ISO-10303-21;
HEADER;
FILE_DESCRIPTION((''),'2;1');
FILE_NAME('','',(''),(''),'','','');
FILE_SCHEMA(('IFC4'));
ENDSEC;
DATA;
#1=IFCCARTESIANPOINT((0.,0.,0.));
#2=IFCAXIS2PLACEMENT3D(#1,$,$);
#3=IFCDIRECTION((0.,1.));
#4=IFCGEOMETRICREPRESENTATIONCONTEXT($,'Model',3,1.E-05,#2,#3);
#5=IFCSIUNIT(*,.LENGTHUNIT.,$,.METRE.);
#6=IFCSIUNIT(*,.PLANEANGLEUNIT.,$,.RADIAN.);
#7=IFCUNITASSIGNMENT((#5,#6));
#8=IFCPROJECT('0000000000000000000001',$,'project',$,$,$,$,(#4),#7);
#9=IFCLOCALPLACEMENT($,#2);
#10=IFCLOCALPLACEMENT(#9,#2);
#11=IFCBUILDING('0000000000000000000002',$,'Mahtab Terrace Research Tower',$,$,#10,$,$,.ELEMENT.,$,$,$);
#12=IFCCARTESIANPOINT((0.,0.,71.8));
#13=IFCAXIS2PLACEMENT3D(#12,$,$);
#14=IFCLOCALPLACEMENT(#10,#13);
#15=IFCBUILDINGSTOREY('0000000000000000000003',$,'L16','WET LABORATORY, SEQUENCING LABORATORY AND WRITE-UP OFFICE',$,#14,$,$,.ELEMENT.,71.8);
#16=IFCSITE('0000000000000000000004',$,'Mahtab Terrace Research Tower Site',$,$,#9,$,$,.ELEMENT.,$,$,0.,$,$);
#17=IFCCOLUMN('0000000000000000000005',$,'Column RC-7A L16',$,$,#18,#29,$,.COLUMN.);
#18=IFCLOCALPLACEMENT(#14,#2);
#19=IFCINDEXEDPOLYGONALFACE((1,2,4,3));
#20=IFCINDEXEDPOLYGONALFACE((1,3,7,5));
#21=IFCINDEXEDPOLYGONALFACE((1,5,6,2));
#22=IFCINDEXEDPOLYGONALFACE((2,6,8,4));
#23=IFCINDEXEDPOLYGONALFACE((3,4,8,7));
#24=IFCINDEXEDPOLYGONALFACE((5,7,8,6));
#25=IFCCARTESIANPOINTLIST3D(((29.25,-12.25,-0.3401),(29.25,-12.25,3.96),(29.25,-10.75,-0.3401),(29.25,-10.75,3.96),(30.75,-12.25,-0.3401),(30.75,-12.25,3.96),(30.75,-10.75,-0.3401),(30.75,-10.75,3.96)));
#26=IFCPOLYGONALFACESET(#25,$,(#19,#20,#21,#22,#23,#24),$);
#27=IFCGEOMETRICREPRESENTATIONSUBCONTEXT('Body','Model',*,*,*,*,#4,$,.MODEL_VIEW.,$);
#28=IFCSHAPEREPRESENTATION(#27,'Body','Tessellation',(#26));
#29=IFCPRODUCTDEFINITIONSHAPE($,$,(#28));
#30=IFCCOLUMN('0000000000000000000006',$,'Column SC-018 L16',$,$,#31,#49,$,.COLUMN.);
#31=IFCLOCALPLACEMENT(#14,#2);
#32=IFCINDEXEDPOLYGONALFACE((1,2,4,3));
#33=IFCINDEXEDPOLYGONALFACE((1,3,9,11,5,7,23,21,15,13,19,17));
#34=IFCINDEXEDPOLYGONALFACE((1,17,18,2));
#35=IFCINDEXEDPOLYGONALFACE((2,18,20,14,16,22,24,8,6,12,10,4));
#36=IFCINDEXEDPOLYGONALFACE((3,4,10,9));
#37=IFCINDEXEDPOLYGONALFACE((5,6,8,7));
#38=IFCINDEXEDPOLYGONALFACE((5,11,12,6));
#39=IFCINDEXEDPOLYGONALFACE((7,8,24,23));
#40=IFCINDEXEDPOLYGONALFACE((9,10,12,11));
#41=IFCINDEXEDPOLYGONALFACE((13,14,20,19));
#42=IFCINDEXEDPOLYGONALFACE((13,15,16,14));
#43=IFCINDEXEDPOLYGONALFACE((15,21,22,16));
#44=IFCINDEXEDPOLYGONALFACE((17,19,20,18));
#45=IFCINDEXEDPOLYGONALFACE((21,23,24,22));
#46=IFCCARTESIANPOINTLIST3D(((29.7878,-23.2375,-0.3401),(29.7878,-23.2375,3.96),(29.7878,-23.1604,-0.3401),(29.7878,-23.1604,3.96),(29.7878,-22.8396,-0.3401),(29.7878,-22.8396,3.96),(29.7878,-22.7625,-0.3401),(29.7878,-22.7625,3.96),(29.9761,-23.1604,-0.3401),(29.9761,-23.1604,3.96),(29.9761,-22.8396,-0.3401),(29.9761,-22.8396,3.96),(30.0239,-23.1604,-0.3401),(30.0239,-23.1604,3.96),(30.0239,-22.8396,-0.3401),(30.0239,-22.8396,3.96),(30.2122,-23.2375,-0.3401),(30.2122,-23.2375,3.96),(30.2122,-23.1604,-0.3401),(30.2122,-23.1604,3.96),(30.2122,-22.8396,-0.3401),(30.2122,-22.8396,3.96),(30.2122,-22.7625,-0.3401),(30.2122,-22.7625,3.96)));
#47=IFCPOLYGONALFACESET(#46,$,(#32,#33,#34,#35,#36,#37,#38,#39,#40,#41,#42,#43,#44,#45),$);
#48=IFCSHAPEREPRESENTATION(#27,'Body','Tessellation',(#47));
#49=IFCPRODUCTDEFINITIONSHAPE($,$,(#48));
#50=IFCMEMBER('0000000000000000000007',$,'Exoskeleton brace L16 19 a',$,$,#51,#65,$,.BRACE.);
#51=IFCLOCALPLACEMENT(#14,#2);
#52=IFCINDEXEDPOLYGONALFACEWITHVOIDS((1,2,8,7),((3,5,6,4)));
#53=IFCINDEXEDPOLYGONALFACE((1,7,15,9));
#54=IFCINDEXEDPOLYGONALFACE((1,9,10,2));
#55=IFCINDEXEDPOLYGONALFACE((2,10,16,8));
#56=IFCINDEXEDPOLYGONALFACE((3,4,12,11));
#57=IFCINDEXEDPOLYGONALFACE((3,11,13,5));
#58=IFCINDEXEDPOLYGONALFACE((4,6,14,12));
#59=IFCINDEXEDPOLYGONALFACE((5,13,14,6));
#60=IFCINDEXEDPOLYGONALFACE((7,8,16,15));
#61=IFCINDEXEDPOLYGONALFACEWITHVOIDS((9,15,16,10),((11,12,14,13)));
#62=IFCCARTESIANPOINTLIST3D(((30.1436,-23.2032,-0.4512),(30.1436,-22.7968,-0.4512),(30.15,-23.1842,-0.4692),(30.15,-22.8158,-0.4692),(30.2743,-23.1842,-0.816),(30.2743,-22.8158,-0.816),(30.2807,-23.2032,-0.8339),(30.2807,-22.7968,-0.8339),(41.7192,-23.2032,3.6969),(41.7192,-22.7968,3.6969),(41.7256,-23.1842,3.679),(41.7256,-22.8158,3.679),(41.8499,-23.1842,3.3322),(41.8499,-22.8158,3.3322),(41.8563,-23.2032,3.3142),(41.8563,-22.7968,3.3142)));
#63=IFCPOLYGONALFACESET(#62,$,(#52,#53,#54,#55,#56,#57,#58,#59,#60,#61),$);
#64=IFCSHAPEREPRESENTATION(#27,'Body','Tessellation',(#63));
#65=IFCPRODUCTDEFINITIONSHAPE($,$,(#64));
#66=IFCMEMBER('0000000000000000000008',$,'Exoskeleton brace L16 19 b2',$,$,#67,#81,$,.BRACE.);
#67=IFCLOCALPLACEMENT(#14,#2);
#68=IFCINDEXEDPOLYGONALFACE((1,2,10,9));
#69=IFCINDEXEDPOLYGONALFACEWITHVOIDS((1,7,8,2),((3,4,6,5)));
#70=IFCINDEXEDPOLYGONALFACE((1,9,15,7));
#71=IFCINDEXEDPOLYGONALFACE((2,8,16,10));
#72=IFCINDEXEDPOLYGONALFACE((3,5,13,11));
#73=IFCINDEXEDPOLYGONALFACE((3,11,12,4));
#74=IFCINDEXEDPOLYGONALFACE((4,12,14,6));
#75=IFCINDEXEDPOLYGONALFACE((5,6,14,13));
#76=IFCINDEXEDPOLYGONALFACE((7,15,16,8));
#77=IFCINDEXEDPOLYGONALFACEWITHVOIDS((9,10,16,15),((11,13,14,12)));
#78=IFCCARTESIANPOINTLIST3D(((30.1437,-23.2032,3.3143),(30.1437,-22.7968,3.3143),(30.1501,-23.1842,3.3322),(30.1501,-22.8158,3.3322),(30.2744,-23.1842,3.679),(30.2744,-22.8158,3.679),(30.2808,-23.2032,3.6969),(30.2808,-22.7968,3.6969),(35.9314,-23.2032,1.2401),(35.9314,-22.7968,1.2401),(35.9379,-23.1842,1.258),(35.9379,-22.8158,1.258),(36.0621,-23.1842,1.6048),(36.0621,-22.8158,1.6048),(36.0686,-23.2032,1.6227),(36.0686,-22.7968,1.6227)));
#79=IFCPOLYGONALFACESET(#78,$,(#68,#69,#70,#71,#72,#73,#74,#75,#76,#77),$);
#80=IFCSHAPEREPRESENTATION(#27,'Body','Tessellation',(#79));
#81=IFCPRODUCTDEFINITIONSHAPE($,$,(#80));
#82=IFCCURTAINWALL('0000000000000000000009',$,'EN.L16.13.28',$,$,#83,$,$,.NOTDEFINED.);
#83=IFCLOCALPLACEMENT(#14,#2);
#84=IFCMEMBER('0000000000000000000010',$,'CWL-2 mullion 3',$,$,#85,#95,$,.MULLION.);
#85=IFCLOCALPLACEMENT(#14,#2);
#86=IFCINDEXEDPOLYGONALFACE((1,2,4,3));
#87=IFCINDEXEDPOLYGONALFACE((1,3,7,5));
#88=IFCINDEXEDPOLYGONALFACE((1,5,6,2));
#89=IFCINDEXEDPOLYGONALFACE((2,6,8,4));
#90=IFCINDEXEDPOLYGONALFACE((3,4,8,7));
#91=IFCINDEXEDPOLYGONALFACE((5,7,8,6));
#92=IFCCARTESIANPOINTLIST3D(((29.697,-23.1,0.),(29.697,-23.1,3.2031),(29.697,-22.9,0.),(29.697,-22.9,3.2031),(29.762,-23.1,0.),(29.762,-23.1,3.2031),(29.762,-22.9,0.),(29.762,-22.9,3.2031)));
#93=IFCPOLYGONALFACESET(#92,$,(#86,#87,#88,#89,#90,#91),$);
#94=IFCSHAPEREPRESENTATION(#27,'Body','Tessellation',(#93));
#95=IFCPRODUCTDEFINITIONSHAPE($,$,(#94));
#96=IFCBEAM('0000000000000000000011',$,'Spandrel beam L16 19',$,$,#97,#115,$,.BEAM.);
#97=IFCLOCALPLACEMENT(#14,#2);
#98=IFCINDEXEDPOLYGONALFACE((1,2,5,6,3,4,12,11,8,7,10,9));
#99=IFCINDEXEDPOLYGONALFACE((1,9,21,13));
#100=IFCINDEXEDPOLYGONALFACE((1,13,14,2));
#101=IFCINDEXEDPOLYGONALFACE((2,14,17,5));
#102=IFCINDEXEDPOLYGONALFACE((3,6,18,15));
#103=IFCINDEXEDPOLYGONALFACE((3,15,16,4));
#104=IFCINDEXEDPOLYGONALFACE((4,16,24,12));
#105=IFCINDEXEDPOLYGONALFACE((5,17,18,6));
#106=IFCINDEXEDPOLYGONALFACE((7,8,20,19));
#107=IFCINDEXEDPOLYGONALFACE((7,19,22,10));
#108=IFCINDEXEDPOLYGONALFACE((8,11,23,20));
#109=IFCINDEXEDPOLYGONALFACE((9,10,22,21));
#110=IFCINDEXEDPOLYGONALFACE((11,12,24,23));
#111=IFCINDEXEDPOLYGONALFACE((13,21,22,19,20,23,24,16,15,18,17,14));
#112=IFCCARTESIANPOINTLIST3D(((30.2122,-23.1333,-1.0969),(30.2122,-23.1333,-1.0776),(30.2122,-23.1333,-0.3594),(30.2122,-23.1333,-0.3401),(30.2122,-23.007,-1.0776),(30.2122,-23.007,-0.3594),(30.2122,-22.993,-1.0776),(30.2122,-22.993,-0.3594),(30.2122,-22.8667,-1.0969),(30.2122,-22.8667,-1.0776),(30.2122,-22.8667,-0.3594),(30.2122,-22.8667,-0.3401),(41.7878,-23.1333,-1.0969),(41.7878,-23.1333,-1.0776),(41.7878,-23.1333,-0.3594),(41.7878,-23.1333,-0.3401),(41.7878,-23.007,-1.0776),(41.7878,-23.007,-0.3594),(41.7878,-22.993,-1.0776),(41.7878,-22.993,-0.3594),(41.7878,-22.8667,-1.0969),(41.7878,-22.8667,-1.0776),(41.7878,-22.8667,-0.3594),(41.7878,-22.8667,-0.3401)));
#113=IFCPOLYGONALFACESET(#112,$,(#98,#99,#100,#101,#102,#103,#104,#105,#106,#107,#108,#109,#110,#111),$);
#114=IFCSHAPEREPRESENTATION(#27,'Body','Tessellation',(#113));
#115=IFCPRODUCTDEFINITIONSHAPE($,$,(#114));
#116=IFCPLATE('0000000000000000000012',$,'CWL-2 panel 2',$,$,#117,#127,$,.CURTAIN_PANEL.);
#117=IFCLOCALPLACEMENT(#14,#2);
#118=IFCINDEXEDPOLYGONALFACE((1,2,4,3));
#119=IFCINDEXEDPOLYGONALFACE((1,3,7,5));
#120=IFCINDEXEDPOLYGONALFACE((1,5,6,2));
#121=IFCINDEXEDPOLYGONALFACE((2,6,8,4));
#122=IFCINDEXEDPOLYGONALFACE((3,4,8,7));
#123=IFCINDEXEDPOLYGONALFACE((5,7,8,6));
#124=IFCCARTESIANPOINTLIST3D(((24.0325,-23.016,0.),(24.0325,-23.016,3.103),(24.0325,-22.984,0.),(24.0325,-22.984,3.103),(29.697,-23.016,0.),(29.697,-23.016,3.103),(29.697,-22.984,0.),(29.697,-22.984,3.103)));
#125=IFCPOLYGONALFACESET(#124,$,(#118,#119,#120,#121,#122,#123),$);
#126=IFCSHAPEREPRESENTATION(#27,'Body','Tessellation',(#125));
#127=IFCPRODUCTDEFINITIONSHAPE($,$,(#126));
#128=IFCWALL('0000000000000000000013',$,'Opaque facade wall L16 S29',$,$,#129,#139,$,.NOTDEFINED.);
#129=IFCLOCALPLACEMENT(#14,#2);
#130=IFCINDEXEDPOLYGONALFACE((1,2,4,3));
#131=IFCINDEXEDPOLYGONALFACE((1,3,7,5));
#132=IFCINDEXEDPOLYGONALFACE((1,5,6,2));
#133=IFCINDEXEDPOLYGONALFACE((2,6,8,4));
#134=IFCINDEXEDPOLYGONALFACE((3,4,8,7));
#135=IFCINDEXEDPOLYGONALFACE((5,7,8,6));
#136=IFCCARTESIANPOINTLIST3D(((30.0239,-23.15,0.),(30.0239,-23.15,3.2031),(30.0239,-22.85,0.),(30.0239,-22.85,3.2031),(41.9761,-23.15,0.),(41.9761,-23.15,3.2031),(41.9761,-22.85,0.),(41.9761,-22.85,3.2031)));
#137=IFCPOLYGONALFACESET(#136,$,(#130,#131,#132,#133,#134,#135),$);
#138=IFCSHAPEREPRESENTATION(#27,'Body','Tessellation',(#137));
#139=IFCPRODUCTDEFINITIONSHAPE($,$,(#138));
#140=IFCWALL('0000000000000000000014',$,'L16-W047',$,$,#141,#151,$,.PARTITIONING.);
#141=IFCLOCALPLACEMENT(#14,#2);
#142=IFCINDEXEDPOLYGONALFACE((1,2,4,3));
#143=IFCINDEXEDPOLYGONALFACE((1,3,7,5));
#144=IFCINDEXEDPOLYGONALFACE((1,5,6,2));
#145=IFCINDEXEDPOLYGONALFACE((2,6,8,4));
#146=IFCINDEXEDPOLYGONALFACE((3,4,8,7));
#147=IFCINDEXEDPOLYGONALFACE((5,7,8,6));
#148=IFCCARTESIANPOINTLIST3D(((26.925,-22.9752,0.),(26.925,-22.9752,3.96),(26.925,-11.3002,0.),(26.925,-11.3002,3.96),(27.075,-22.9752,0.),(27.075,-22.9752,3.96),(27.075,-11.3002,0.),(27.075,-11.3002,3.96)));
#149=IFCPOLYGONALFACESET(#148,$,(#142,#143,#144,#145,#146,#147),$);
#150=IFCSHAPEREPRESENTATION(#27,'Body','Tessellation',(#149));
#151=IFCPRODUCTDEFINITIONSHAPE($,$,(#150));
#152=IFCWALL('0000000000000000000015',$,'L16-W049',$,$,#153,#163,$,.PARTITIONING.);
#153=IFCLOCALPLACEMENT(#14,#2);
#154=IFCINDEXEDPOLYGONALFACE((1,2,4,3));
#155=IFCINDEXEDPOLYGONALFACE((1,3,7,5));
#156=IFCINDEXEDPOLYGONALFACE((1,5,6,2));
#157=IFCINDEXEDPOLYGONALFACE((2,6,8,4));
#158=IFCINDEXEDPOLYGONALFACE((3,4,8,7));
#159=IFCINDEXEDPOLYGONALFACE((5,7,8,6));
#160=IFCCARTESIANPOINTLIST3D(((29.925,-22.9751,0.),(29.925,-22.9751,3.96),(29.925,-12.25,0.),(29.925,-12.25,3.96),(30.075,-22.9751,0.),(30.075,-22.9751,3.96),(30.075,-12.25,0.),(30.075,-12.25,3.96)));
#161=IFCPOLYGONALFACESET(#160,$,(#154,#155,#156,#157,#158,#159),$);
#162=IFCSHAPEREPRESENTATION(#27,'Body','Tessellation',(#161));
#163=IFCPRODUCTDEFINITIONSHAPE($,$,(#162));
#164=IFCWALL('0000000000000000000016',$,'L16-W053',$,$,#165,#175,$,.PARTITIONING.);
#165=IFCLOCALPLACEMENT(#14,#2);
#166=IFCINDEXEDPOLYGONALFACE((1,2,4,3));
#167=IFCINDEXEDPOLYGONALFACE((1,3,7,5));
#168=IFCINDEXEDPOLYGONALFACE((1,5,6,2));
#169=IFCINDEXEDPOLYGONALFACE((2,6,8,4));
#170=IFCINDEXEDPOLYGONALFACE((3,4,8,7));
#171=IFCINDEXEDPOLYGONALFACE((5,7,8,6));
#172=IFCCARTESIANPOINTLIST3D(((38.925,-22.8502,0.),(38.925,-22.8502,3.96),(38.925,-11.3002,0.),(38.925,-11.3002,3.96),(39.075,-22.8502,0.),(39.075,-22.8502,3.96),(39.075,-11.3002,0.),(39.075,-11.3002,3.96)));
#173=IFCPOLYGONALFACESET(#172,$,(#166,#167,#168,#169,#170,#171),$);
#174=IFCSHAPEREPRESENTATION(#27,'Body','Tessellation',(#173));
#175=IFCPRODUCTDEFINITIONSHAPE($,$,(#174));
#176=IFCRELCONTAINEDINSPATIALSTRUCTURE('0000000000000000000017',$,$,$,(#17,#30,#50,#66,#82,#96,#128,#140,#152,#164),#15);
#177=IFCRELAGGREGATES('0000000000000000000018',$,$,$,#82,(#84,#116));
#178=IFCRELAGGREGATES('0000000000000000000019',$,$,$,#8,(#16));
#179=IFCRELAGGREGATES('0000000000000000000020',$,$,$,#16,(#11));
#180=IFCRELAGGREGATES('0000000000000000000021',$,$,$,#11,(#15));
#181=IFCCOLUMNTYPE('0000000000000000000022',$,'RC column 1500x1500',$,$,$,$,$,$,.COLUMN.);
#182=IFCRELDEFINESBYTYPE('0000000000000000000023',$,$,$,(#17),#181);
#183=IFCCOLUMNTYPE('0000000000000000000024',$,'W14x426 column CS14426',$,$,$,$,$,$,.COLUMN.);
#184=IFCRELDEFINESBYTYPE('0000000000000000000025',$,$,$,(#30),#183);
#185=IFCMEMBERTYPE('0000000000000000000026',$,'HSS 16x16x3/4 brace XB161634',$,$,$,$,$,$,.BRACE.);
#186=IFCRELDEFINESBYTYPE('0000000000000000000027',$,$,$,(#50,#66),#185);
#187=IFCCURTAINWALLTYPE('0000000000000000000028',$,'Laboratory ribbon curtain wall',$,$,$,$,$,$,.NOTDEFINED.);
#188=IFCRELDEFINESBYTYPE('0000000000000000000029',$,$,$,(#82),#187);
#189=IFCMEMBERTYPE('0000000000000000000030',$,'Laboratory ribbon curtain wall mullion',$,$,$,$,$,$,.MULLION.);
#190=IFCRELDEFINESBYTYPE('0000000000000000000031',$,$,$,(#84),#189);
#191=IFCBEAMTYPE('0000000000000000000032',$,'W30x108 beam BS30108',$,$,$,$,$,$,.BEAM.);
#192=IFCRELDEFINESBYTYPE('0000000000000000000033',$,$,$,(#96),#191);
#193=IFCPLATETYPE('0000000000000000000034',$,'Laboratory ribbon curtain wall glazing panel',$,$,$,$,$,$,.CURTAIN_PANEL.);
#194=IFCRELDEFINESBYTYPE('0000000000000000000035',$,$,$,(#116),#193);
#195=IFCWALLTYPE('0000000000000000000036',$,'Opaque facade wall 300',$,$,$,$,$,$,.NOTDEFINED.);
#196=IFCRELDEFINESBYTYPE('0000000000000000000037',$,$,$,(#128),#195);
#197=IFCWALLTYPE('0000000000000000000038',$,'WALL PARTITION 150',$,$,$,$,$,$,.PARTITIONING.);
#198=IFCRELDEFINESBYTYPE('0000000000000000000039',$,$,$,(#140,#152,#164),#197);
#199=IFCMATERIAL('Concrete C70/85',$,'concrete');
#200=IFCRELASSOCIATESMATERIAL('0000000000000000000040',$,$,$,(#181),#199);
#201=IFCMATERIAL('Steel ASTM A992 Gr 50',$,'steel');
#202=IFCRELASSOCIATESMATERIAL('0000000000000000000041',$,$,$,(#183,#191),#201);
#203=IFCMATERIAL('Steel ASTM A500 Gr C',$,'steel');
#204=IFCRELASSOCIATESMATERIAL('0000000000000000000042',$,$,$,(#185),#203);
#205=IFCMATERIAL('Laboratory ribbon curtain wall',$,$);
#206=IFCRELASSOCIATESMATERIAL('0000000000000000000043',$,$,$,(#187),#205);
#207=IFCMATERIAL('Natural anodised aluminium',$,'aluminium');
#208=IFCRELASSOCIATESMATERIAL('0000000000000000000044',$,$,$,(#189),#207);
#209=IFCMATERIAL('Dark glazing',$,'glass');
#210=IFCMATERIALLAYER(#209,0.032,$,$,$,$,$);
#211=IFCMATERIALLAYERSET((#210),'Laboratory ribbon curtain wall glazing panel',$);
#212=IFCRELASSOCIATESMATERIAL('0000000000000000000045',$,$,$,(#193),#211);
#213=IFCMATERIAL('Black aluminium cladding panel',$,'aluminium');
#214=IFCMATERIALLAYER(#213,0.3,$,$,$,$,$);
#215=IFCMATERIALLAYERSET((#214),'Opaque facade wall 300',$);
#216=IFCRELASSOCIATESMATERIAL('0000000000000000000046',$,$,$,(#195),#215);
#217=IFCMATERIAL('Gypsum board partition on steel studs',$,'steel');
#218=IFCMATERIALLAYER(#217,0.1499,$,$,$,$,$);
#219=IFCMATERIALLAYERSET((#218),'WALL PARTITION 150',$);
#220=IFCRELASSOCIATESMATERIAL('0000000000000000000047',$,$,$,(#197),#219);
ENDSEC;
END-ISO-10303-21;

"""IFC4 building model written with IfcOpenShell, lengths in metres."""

from ifc_helpers import new_model, si_unit, direction, frame, frame_2d, origin, origin_2d, place, context, subcontext, project, spatial, rectangle, hollow_rectangle, i_section, extrude, material, layer, layer_set, material_profile, profile_set, type_object, element, aggregate, save


model = new_model("IFC4")

# Units and contexts
model_context = context("Model", 3, precision=1e-05, world=origin(), true_north=direction((0.0, 1.0)))
body_context = subcontext(model_context, "Body", "Model", "MODEL_VIEW")
ifc_project = project(units=[si_unit("LENGTHUNIT", "METRE"), si_unit("PLANEANGLEUNIT", "RADIAN")], contexts=[model_context])

# Site, building, storey
site_placement = place(None, origin())
site = spatial("IfcSite", under=ifc_project, at=site_placement, Name="Mahtab Terrace Research Tower Site", CompositionType="ELEMENT", RefElevation=0.0)
building_placement = place(site_placement, origin())
building = spatial("IfcBuilding", under=site, at=building_placement, Name="Mahtab Terrace Research Tower", CompositionType="ELEMENT")
storey_placement = place(building_placement, frame((0.0, 0.0, 71.8)))
storey = spatial("IfcBuildingStorey", under=building, at=storey_placement, Name="L16", Description="WET LABORATORY, SEQUENCING LABORATORY AND WRITE-UP OFFICE", CompositionType="ELEMENT", Elevation=71.8)

# Columns
ifc_material_1 = material(Name="Concrete C70/85", Category="concrete")
ifc_material_profile_1 = material_profile(ifc_material_1, rectangle(XDim=1.5, YDim=1.5, at=origin_2d()), Name="RC column 1500x1500")
ifc_profile_set_1 = profile_set([ifc_material_profile_1], Name="Concrete C70/85")
column_type_1 = type_object("IfcColumnType", Name="RC column 1500x1500", PredefinedType="COLUMN", material=ifc_profile_set_1)
column_1_placement = place(storey_placement, frame((30.0, -11.5, -0.3401), z_axis=(0.0, 0.0, 1.0), x_axis=(1.0, 0.0, 0.0)))
element("IfcColumn", 1, at=column_1_placement, inside=storey, type_object=column_type_1, Name="Column RC-7A L16", PredefinedType="COLUMN", context=body_context, shape_type="SweptSolid", body=[
    extrude(rectangle(XDim=1.5, YDim=1.5, at=origin_2d()), origin(), (0.0, 0.0, 1.0), 4.3),
])
ifc_material_2 = material(Name="Steel ASTM A992 Gr 50", Category="steel")
ifc_material_profile_2 = material_profile(ifc_material_2, i_section(OverallWidth=0.4243, OverallDepth=0.4751, WebThickness=0.0479, FlangeThickness=0.0771, at=origin_2d()), Name="W14X426")
ifc_profile_set_2 = profile_set([ifc_material_profile_2], Name="Steel ASTM A992 Gr 50")
column_type_2 = type_object("IfcColumnType", Name="W14x426 column CS14426", PredefinedType="COLUMN", material=ifc_profile_set_2)
column_2_placement = place(storey_placement, frame((30.0, -23.0, -0.3401), z_axis=(0.0, 0.0, 1.0), x_axis=(1.0, 0.0, 0.0)))
element("IfcColumn", 2, at=column_2_placement, inside=storey, type_object=column_type_2, Name="Column SC-018 L16", PredefinedType="COLUMN", context=body_context, shape_type="SweptSolid", body=[
    extrude(i_section(OverallWidth=0.4243, OverallDepth=0.4751, WebThickness=0.0479, FlangeThickness=0.0771, at=origin_2d()), origin(), (0.0, 0.0, 1.0), 4.3),
])

# Members
ifc_material_3 = material(Name="Steel ASTM A500 Gr C", Category="steel")
ifc_material_profile_3 = material_profile(ifc_material_3, hollow_rectangle(XDim=0.4065, YDim=0.4065, WallThickness=0.019, at=origin_2d()), Name="HSS16X16X3/4")
ifc_profile_set_3 = profile_set([ifc_material_profile_3], Name="Steel ASTM A500 Gr C")
member_type_1 = type_object("IfcMemberType", Name="HSS 16x16x3/4 brace XB161634", PredefinedType="BRACE", material=ifc_profile_set_3)
member_1_placement = place(storey_placement, frame((30.2122, -23.0, -0.6426), z_axis=(0.94138, 0.0, 0.337347), x_axis=(0.0, 1.0, 0.0)))
element("IfcMember", 3, at=member_1_placement, inside=storey, type_object=member_type_1, Name="Exoskeleton brace L16 19 a", PredefinedType="BRACE", context=body_context, shape_type="SweptSolid", body=[
    extrude(hollow_rectangle(XDim=0.4065, YDim=0.4065, WallThickness=0.019, at=origin_2d()), origin(), (0.0, 0.0, 1.0), 12.2964),
])
member_2_placement = place(storey_placement, frame((36.0, -23.0, 1.4314), z_axis=(-0.941374, 0.0, 0.337365), x_axis=(0.0, -1.0, 0.0)))
element("IfcMember", 4, at=member_2_placement, inside=storey, type_object=member_type_1, Name="Exoskeleton brace L16 19 b2", PredefinedType="BRACE", context=body_context, shape_type="SweptSolid", body=[
    extrude(hollow_rectangle(XDim=0.4065, YDim=0.4065, WallThickness=0.019, at=origin_2d()), origin(), (0.0, 0.0, 1.0), 6.1482),
])

# Curtain wall, member
ifc_material_4 = material(Name="Laboratory ribbon curtain wall")
curtain_wall_type = type_object("IfcCurtainWallType", Name="Laboratory ribbon curtain wall", PredefinedType="NOTDEFINED", material=ifc_material_4)
curtain_wall_placement = place(storey_placement, origin())
curtain_wall = element("IfcCurtainWall", 5, at=curtain_wall_placement, inside=storey, type_object=curtain_wall_type, Name="EN.L16.13.28", PredefinedType="NOTDEFINED")
ifc_material_5 = material(Name="Natural anodised aluminium", Category="aluminium")
ifc_material_profile_4 = material_profile(ifc_material_5, rectangle(XDim=0.2, YDim=0.0649, at=origin_2d()), Name="MULLION 65x200")
ifc_profile_set_4 = profile_set([ifc_material_profile_4], Name="Natural anodised aluminium")
member_type_2 = type_object("IfcMemberType", Name="Laboratory ribbon curtain wall mullion", PredefinedType="MULLION", material=ifc_profile_set_4)
member_3_placement = place(storey_placement, frame((29.7295, -23.0, 0.0), z_axis=(0.0, 0.0, 1.0), x_axis=(0.0, 1.0, 0.0)))
member_3 = element("IfcMember", 6, at=member_3_placement, type_object=member_type_2, Name="CWL-2 mullion 3", PredefinedType="MULLION", context=body_context, shape_type="SweptSolid", body=[
    extrude(rectangle(XDim=0.2, YDim=0.0649, at=origin_2d()), origin(), (0.0, 0.0, 1.0), 3.2031),
])

# Beam
ifc_material_profile_5 = material_profile(ifc_material_2, i_section(OverallWidth=0.2666, OverallDepth=0.7568, WebThickness=0.0139, FlangeThickness=0.0193, at=origin_2d()), Name="W30X108")
ifc_profile_set_5 = profile_set([ifc_material_profile_5], Name="Steel ASTM A992 Gr 50")
beam_type = type_object("IfcBeamType", Name="W30x108 beam BS30108", PredefinedType="BEAM", material=ifc_profile_set_5)
beam_placement = place(storey_placement, frame((30.2122, -23.0, -0.7185), z_axis=(1.0, 0.0, 0.0), x_axis=(0.0, 1.0, 0.0)))
element("IfcBeam", 7, at=beam_placement, inside=storey, type_object=beam_type, Name="Spandrel beam L16 19", PredefinedType="BEAM", context=body_context, shape_type="SweptSolid", body=[
    extrude(i_section(OverallWidth=0.2666, OverallDepth=0.7568, WebThickness=0.0139, FlangeThickness=0.0193, at=origin_2d()), origin(), (0.0, 0.0, 1.0), 11.5757),
])

# Plate
ifc_material_6 = material(Name="Dark glazing", Category="glass")
ifc_layer_1 = layer(ifc_material_6, 0.032)
ifc_layer_set_1 = layer_set([ifc_layer_1], Name="Laboratory ribbon curtain wall glazing panel")
plate_type = type_object("IfcPlateType", Name="Laboratory ribbon curtain wall glazing panel", PredefinedType="CURTAIN_PANEL", material=ifc_layer_set_1)
plate_placement = place(storey_placement, frame((26.8647, -23.0, 0.0), z_axis=(0.0, 0.0, 1.0), x_axis=(1.0, 0.0, 0.0)))
plate = element("IfcPlate", 8, at=plate_placement, type_object=plate_type, Name="CWL-2 panel 2", PredefinedType="CURTAIN_PANEL", context=body_context, shape_type="SweptSolid", body=[
    extrude(rectangle(XDim=5.6646, YDim=0.032, at=origin_2d()), origin(), (0.0, 0.0, 1.0), 3.103),
])
aggregate(curtain_wall, [member_3, plate])

# Walls
ifc_material_7 = material(Name="Black aluminium cladding panel", Category="aluminium")
ifc_layer_2 = layer(ifc_material_7, 0.3)
ifc_layer_set_2 = layer_set([ifc_layer_2], Name="Opaque facade wall 300")
wall_type_1 = type_object("IfcWallType", Name="Opaque facade wall 300", PredefinedType="NOTDEFINED", material=ifc_layer_set_2)
wall_1_placement = place(storey_placement, frame((30.0239, -23.0, 0.0), z_axis=(0.0, 0.0, 1.0), x_axis=(1.0, 0.0, 0.0)))
element("IfcWall", 9, at=wall_1_placement, inside=storey, type_object=wall_type_1, Name="Opaque facade wall L16 S29", PredefinedType="NOTDEFINED", context=body_context, shape_type="SweptSolid", body=[
    extrude(rectangle(XDim=11.9521, YDim=0.3, at=frame_2d((5.9761, 0.0))), origin(), (0.0, 0.0, 1.0), 3.2031),
])
ifc_material_8 = material(Name="Gypsum board partition on steel studs", Category="steel")
ifc_layer_3 = layer(ifc_material_8, 0.1499)
ifc_layer_set_3 = layer_set([ifc_layer_3], Name="WALL PARTITION 150")
wall_type_2 = type_object("IfcWallType", Name="WALL PARTITION 150", PredefinedType="PARTITIONING", material=ifc_layer_set_3)
wall_2_placement = place(storey_placement, frame((27.0, -22.9751, 0.0), z_axis=(0.0, 0.0, 1.0), x_axis=(0.0, 1.0, 0.0)))
element("IfcWall", 10, at=wall_2_placement, inside=storey, type_object=wall_type_2, Name="L16-W047", PredefinedType="PARTITIONING", context=body_context, shape_type="SweptSolid", body=[
    extrude(rectangle(XDim=11.675, YDim=0.1499, at=frame_2d((5.8374, 0.0))), origin(), (0.0, 0.0, 1.0), 3.96),
])
wall_3_placement = place(storey_placement, frame((30.0, -22.9751, 0.0), z_axis=(0.0, 0.0, 1.0), x_axis=(0.0, 1.0, 0.0)))
element("IfcWall", 11, at=wall_3_placement, inside=storey, type_object=wall_type_2, Name="L16-W049", PredefinedType="PARTITIONING", context=body_context, shape_type="SweptSolid", body=[
    extrude(rectangle(XDim=10.7251, YDim=0.1499, at=frame_2d((5.3625, 0.0))), origin(), (0.0, 0.0, 1.0), 3.96),
])
wall_4_placement = place(storey_placement, frame((39.0, -22.8501, 0.0), z_axis=(0.0, 0.0, 1.0), x_axis=(0.0, 1.0, 0.0)))
element("IfcWall", 12, at=wall_4_placement, inside=storey, type_object=wall_type_2, Name="L16-W053", PredefinedType="PARTITIONING", context=body_context, shape_type="SweptSolid", body=[
    extrude(rectangle(XDim=11.55, YDim=0.1499, at=frame_2d((5.7749, 0.0))), origin(), (0.0, 0.0, 1.0), 3.96),
])

save(model, "model.ifc")
